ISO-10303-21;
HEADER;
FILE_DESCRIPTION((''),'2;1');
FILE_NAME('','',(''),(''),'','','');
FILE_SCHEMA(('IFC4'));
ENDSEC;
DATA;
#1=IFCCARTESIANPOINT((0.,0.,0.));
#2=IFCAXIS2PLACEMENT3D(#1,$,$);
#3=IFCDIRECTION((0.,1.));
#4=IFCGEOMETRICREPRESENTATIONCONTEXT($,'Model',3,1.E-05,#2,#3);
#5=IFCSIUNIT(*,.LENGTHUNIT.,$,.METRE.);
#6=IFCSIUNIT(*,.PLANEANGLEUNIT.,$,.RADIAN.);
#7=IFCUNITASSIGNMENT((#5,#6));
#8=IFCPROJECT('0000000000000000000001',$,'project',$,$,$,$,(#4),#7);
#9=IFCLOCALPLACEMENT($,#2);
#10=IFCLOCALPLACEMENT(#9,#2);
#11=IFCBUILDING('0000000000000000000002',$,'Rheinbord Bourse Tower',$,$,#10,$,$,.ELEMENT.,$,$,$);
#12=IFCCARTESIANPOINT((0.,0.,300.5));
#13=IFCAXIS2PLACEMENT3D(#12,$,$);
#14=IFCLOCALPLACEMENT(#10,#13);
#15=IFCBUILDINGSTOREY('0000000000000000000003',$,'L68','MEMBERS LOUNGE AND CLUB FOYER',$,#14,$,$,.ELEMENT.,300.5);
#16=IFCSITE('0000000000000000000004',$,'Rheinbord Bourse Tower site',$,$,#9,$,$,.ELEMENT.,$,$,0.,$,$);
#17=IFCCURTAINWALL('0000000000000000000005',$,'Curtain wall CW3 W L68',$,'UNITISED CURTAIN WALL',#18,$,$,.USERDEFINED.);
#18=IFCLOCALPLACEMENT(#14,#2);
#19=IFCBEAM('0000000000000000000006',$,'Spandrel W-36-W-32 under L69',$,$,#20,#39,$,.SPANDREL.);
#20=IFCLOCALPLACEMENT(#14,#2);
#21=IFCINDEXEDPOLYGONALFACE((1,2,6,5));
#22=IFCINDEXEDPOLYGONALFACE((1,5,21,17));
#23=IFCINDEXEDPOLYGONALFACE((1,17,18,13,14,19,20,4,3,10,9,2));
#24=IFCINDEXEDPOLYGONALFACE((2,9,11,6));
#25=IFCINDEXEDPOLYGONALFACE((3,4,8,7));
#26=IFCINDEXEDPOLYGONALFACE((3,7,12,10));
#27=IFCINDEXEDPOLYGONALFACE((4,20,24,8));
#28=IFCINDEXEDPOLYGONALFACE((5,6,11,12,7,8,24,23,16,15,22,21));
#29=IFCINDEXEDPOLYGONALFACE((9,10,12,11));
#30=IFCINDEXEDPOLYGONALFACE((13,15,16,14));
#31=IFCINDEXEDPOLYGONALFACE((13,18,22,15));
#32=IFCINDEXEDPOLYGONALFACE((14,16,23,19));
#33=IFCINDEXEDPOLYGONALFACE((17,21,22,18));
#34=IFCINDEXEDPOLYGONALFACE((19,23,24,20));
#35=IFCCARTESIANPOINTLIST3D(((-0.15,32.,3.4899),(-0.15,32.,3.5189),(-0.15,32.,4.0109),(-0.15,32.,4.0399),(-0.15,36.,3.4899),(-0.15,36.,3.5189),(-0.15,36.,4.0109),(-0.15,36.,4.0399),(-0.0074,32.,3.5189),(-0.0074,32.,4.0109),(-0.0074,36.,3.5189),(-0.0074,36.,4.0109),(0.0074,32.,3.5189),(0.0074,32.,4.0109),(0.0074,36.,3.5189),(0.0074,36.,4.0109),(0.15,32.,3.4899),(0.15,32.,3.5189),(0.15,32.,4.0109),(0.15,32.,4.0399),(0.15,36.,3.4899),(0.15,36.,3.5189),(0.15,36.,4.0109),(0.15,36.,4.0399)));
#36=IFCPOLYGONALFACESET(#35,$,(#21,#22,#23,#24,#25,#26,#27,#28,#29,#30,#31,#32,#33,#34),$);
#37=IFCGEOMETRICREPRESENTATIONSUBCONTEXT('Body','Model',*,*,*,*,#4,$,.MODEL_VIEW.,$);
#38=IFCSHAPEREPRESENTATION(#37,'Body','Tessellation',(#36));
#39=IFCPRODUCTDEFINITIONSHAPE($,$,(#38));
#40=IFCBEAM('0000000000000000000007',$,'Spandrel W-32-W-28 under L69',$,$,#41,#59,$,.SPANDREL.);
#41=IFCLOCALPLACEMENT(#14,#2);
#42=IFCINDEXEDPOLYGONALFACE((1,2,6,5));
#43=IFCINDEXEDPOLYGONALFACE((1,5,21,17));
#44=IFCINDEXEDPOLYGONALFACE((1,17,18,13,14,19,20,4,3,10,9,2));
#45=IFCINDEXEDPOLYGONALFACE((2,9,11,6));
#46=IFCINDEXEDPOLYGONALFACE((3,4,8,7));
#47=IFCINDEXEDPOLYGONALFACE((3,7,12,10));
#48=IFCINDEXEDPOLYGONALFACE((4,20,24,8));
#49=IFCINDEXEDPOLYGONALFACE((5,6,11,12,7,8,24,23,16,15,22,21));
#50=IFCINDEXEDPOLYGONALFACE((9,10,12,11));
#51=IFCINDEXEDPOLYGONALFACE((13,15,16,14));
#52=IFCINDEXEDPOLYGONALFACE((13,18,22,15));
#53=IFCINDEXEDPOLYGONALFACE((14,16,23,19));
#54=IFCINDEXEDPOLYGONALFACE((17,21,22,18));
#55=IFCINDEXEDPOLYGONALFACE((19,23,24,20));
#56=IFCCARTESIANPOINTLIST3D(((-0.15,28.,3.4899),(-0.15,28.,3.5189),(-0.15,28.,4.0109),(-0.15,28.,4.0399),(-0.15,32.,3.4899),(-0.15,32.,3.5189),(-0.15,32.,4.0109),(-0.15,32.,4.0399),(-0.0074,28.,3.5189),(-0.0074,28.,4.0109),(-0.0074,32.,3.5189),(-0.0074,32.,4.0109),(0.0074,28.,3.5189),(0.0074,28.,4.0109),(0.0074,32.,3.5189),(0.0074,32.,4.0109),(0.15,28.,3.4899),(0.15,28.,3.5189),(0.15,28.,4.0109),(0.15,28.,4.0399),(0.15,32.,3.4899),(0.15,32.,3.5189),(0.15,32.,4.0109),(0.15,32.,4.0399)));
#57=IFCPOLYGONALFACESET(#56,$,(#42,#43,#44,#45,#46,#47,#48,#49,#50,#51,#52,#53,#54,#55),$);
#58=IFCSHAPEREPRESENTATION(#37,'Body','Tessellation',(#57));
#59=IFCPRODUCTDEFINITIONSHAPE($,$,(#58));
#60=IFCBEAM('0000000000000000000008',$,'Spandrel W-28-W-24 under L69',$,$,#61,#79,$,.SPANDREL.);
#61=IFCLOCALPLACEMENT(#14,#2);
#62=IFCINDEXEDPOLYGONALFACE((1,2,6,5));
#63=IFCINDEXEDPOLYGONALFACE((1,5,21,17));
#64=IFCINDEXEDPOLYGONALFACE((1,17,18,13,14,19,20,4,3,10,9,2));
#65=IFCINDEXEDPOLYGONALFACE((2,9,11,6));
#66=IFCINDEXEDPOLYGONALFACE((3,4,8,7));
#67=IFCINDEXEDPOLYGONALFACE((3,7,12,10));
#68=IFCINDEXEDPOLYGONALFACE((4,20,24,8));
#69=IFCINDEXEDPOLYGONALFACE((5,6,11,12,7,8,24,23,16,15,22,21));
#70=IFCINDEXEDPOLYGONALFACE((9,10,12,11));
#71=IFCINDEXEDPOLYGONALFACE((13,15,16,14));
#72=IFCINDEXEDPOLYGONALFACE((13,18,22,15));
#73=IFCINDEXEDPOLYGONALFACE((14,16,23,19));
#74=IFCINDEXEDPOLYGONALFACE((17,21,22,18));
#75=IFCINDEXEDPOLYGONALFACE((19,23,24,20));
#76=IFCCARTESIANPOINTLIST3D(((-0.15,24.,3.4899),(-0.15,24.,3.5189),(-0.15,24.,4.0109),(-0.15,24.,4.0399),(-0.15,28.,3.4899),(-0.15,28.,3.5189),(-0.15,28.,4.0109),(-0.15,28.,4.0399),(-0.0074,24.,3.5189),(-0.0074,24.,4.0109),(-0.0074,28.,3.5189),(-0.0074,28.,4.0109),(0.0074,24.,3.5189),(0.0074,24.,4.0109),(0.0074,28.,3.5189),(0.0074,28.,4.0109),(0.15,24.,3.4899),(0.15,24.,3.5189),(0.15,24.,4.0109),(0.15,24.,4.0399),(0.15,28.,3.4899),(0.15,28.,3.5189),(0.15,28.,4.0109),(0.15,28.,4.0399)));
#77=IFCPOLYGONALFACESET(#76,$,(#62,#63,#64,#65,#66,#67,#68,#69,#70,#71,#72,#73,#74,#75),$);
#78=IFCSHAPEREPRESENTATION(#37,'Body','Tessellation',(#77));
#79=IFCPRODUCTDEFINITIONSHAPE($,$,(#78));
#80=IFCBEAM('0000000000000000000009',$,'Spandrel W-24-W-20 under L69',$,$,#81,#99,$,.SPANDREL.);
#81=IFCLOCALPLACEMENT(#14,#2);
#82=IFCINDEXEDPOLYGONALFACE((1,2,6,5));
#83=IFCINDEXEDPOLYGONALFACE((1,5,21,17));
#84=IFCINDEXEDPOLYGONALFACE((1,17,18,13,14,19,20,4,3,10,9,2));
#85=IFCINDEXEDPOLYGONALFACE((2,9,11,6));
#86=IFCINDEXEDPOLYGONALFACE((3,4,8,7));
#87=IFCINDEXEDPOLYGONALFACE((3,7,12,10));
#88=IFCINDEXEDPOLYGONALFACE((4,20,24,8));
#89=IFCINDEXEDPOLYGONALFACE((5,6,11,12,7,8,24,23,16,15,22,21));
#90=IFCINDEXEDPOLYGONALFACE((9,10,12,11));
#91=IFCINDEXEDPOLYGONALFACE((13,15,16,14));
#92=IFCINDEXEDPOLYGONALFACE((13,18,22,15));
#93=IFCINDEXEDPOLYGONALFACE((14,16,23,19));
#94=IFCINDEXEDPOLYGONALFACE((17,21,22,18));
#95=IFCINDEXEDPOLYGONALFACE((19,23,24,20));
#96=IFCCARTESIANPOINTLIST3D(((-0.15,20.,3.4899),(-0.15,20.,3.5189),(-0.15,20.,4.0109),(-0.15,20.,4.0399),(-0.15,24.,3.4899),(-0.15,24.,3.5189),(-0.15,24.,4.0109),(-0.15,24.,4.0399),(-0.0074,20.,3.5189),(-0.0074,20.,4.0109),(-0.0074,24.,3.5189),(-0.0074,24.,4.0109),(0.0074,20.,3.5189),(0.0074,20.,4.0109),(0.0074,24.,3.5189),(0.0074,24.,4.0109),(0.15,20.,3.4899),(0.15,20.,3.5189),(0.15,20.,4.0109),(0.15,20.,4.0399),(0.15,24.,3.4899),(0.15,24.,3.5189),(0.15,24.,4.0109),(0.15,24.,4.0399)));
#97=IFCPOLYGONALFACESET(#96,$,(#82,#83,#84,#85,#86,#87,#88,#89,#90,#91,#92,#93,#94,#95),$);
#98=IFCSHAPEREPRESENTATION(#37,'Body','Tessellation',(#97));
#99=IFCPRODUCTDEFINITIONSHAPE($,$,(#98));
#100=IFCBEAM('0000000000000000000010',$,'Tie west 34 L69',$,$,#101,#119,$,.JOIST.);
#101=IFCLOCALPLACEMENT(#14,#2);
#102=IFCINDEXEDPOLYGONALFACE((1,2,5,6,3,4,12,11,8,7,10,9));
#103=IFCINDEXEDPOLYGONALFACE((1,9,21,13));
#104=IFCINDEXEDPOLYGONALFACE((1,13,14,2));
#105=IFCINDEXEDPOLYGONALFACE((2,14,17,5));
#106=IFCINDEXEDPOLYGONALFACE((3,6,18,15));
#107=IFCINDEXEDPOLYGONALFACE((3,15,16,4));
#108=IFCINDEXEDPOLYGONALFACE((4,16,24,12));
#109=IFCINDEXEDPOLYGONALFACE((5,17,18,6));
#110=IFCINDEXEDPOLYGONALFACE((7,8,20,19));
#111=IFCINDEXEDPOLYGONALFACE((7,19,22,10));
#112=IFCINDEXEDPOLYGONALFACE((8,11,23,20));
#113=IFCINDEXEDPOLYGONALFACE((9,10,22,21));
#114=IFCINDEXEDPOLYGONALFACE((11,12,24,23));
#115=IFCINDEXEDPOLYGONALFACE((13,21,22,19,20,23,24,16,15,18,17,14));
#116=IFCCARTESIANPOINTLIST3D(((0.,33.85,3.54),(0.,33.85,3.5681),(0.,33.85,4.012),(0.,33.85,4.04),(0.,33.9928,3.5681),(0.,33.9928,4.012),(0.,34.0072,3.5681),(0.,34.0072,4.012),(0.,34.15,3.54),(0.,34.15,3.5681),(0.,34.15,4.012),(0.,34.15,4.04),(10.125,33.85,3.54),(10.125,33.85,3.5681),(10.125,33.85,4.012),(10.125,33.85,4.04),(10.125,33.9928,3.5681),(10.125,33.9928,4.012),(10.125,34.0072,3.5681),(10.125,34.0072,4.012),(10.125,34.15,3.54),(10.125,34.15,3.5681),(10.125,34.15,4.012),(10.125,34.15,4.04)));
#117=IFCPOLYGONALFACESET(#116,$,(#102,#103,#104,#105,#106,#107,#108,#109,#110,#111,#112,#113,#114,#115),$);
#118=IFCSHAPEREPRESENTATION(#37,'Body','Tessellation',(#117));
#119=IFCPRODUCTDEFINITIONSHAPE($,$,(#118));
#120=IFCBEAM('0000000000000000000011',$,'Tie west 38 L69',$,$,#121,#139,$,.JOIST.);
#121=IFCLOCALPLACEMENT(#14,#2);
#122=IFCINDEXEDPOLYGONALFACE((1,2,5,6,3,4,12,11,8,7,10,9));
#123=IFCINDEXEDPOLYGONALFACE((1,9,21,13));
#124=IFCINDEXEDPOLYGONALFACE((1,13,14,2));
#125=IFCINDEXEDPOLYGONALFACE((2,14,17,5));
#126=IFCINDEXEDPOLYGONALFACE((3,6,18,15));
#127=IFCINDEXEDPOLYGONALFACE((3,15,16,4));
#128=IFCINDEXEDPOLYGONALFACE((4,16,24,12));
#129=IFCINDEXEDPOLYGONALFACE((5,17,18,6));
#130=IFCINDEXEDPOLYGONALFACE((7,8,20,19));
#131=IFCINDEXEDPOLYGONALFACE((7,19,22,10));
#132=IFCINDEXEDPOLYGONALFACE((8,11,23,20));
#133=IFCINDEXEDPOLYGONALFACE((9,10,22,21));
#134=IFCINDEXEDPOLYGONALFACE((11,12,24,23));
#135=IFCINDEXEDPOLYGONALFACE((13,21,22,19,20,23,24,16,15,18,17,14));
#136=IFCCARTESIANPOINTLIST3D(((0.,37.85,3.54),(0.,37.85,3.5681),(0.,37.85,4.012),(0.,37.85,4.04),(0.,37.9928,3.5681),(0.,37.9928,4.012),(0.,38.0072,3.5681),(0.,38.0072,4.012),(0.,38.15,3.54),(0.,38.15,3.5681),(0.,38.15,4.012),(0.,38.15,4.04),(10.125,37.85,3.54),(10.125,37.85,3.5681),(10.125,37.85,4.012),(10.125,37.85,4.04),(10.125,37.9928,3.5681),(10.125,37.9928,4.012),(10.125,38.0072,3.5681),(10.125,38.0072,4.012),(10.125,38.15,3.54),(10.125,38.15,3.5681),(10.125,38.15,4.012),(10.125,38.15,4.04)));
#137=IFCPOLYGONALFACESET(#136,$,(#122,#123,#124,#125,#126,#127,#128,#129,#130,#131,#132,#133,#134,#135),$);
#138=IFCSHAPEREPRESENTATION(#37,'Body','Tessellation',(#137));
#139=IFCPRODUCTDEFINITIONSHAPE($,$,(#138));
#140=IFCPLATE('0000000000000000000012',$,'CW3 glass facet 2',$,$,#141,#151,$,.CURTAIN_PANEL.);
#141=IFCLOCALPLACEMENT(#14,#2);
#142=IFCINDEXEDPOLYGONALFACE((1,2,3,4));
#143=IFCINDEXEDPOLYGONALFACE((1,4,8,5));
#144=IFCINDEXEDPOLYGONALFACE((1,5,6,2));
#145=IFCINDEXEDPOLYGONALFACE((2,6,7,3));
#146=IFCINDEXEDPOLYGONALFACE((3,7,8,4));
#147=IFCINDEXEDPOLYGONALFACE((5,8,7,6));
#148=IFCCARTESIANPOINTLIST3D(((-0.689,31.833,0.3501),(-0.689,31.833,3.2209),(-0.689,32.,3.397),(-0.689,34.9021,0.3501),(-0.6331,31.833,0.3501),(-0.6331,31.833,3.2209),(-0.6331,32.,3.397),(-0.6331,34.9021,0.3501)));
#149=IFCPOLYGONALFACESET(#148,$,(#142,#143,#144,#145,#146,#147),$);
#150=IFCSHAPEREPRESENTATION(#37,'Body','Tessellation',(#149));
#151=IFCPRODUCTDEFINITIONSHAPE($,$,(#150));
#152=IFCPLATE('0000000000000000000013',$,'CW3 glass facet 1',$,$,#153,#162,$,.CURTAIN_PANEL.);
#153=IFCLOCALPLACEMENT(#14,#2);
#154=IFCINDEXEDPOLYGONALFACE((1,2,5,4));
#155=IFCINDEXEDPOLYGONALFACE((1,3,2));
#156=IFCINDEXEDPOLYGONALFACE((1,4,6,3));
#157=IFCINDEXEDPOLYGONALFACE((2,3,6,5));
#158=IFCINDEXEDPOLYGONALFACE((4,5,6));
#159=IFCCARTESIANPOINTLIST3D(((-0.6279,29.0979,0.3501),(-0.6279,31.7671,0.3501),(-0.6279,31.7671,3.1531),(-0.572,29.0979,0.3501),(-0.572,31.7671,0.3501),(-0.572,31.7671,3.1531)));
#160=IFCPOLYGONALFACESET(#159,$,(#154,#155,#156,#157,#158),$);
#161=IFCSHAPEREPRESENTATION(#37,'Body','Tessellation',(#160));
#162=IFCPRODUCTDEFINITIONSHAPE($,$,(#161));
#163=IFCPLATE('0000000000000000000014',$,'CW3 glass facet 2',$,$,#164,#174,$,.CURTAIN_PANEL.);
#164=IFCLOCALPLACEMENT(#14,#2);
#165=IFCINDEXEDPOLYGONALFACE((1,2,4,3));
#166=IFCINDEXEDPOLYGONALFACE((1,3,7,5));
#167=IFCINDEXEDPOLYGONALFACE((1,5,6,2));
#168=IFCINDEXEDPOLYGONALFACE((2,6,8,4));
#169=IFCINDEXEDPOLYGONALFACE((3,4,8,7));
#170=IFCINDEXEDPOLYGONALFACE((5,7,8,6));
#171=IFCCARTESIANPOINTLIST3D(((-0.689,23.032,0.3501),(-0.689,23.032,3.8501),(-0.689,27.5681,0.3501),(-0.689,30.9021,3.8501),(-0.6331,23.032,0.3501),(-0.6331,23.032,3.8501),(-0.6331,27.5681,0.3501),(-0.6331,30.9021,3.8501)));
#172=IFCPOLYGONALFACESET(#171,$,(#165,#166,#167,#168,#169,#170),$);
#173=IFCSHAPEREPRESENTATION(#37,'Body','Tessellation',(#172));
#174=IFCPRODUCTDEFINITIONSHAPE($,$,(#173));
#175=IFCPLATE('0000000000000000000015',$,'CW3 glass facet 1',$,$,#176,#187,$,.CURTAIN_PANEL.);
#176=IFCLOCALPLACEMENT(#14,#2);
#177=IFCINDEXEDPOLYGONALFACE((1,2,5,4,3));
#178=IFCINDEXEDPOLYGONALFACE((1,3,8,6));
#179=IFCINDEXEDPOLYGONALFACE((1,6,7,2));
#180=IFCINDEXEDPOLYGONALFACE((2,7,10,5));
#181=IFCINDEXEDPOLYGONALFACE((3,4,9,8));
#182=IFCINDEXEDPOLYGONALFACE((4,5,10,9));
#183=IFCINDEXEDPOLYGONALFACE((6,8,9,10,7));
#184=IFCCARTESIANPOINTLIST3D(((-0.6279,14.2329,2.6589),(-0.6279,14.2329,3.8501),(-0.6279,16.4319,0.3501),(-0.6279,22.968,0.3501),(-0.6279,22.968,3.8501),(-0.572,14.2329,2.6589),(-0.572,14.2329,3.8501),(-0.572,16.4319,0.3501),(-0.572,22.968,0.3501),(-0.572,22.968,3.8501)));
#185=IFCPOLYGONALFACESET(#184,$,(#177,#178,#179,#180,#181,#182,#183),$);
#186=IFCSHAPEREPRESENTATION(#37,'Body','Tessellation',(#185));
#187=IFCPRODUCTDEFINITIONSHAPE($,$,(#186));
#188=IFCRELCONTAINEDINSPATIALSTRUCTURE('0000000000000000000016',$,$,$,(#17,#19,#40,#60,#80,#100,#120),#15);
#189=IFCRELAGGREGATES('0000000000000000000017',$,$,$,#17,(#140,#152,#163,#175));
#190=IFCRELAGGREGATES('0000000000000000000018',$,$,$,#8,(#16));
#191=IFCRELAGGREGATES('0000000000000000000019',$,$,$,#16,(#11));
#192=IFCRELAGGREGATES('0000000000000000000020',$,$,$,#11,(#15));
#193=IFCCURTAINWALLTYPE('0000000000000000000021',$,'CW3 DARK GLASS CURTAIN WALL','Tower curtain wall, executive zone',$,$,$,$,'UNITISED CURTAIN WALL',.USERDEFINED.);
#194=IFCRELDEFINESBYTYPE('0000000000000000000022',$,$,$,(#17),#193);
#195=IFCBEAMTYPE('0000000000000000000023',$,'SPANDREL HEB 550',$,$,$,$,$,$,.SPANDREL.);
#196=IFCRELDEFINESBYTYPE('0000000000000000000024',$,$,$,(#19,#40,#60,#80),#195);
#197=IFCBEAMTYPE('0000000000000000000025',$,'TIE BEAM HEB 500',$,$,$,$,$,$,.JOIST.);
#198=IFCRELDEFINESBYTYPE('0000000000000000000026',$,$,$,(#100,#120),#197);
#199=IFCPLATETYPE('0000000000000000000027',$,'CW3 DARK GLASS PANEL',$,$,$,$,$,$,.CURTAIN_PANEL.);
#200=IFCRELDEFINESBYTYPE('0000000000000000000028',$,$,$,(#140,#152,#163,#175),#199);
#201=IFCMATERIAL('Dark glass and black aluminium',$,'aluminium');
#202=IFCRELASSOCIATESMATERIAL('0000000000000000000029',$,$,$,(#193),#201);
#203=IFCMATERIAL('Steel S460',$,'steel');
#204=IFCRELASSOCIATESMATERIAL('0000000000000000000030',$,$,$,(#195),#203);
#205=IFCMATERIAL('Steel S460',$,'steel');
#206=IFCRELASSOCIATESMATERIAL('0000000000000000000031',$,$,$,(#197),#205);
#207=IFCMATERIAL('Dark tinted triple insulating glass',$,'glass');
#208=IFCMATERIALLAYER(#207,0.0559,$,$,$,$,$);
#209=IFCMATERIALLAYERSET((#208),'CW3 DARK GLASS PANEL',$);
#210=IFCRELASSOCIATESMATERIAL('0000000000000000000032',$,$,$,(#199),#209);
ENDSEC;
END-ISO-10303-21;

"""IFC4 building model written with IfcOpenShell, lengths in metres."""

from ifc_helpers import new_model, si_unit, direction, frame, origin, origin_2d, place, context, subcontext, project, spatial, polyline, i_section, outline, extrude, material, layer, layer_set, material_profile, profile_set, type_object, element, aggregate, save


model = new_model("IFC4")

# Units and contexts
model_context = context("Model", 3, precision=1e-05, world=origin(), true_north=direction((0.0, 1.0)))
body_context = subcontext(model_context, "Body", "Model", "MODEL_VIEW")
ifc_project = project(units=[si_unit("LENGTHUNIT", "METRE"), si_unit("PLANEANGLEUNIT", "RADIAN")], contexts=[model_context])

# Site, building, storey
site_placement = place(None, origin())
site = spatial("IfcSite", under=ifc_project, at=site_placement, Name="Rheinbord Bourse Tower site", CompositionType="ELEMENT", RefElevation=0.0)
building_placement = place(site_placement, origin())
building = spatial("IfcBuilding", under=site, at=building_placement, Name="Rheinbord Bourse Tower", CompositionType="ELEMENT")
storey_placement = place(building_placement, frame((0.0, 0.0, 300.5)))
storey = spatial("IfcBuildingStorey", under=building, at=storey_placement, Name="L68", Description="MEMBERS LOUNGE AND CLUB FOYER", CompositionType="ELEMENT", Elevation=300.5)

# Curtain wall
ifc_material_1 = material(Name="Dark glass and black aluminium", Category="aluminium")
curtain_wall_type = type_object("IfcCurtainWallType", Name="CW3 DARK GLASS CURTAIN WALL", Description="Tower curtain wall, executive zone", ElementType="UNITISED CURTAIN WALL", PredefinedType="USERDEFINED", material=ifc_material_1)
curtain_wall_placement = place(storey_placement, origin())
curtain_wall = element("IfcCurtainWall", 1, at=curtain_wall_placement, inside=storey, type_object=curtain_wall_type, Name="Curtain wall CW3 W L68", ObjectType="UNITISED CURTAIN WALL", PredefinedType="USERDEFINED")

# Beams
ifc_material_2 = material(Name="Steel S460", Category="steel")
ifc_material_profile_1 = material_profile(ifc_material_2, i_section(OverallWidth=0.3, OverallDepth=0.55, WebThickness=0.0149, FlangeThickness=0.0291, at=origin_2d()), Name="HEB 550")
ifc_profile_set_1 = profile_set([ifc_material_profile_1], Name="Steel S460")
beam_type_1 = type_object("IfcBeamType", Name="SPANDREL HEB 550", PredefinedType="SPANDREL", material=ifc_profile_set_1)
for number, where, z_axis, x_axis, name in (
    (2, (0.0, 36.0, 3.7649), (0.0, -1.0, 0.0), (1.0, 0.0, 0.0), "Spandrel W-36-W-32 under L69"),
    (3, (0.0, 32.0, 3.7649), (0.0, -1.0, 0.0), (1.0, 0.0, 0.0), "Spandrel W-32-W-28 under L69"),
    (4, (0.0, 28.0, 3.7649), (0.0, -1.0, 0.0), (1.0, 0.0, 0.0), "Spandrel W-28-W-24 under L69"),
    (5, (0.0, 24.0, 3.7649), (0.0, -1.0, 0.0), (1.0, 0.0, 0.0), "Spandrel W-24-W-20 under L69"),
):
    element("IfcBeam", number, at=place(storey_placement, frame(where, z_axis=z_axis, x_axis=x_axis)), inside=storey, type_object=beam_type_1, Name=name, PredefinedType="SPANDREL", context=body_context, shape_type="SweptSolid", body=[
        extrude(i_section(OverallWidth=0.3, OverallDepth=0.55, WebThickness=0.0149, FlangeThickness=0.0291, at=origin_2d()), origin(), (0.0, 0.0, 1.0), 4.0),
    ])
ifc_material_3 = material(Name="Steel S460", Category="steel")
ifc_material_profile_2 = material_profile(ifc_material_3, i_section(OverallWidth=0.3, OverallDepth=0.5, WebThickness=0.0144, FlangeThickness=0.0281, at=origin_2d()), Name="HEB 500")
ifc_profile_set_2 = profile_set([ifc_material_profile_2], Name="Steel S460")
beam_type_2 = type_object("IfcBeamType", Name="TIE BEAM HEB 500", PredefinedType="JOIST", material=ifc_profile_set_2)
for number, where, z_axis, x_axis, name in (
    (6, (0.0, 34.0, 3.79), (1.0, 0.0, 0.0), (0.0, 1.0, 0.0), "Tie west 34 L69"),
    (7, (0.0, 38.0, 3.79), (1.0, 0.0, 0.0), (0.0, 1.0, 0.0), "Tie west 38 L69"),
):
    element("IfcBeam", number, at=place(storey_placement, frame(where, z_axis=z_axis, x_axis=x_axis)), inside=storey, type_object=beam_type_2, Name=name, PredefinedType="JOIST", context=body_context, shape_type="SweptSolid", body=[
        extrude(i_section(OverallWidth=0.3, OverallDepth=0.5, WebThickness=0.0144, FlangeThickness=0.0281, at=origin_2d()), origin(), (0.0, 0.0, 1.0), 10.125),
    ])

# Plates
ifc_material_4 = material(Name="Dark tinted triple insulating glass", Category="glass")
ifc_layer_1 = layer(ifc_material_4, 0.0559)
ifc_layer_set_1 = layer_set([ifc_layer_1], Name="CW3 DARK GLASS PANEL")
plate_type = type_object("IfcPlateType", Name="CW3 DARK GLASS PANEL", PredefinedType="CURTAIN_PANEL", material=ifc_layer_set_1)
plate_1_placement = place(storey_placement, frame((-0.689, 31.833, 0.3501), z_axis=(1.0, 0.0, 0.0), x_axis=(0.0, 1.0, 0.0)))
plate_1 = element("IfcPlate", 8, at=plate_1_placement, type_object=plate_type, Name="CW3 glass facet 2", PredefinedType="CURTAIN_PANEL", context=body_context, shape_type="SweptSolid", body=[
    extrude(outline(polyline([(0.0, 0.0), (3.0691, 0.0), (0.167, 3.0469), (0.0, 2.8708), (0.0, 0.0)])), origin(), (0.0, 0.0, 1.0), 0.0559),
])
plate_2_placement = place(storey_placement, frame((-0.6279, 31.7671, 0.3501), z_axis=(1.0, 0.0, 0.0), x_axis=(0.0, 0.0, 1.0)))
plate_2 = element("IfcPlate", 9, at=plate_2_placement, type_object=plate_type, Name="CW3 glass facet 1", PredefinedType="CURTAIN_PANEL", context=body_context, shape_type="SweptSolid", body=[
    extrude(outline(polyline([(0.0, 0.0), (2.803, 0.0), (0.0, 2.6692), (0.0, 0.0)])), origin(), (0.0, 0.0, 1.0), 0.0559),
])
plate_3_placement = place(storey_placement, frame((-0.689, 23.032, 3.8501), z_axis=(1.0, 0.0, 0.0), x_axis=(0.0, 0.0, -1.0)))
plate_3 = element("IfcPlate", 10, at=plate_3_placement, type_object=plate_type, Name="CW3 glass facet 2", PredefinedType="CURTAIN_PANEL", context=body_context, shape_type="SweptSolid", body=[
    extrude(outline(polyline([(0.0, 0.0), (3.5, 0.0), (3.5, 4.5361), (0.0, 7.8701), (0.0, 0.0)])), origin(), (0.0, 0.0, 1.0), 0.0559),
])
plate_4_placement = place(storey_placement, frame((-0.6279, 22.968, 0.3501), z_axis=(1.0, 0.0, 0.0), x_axis=(0.0, 0.0, 1.0)))
plate_4 = element("IfcPlate", 11, at=plate_4_placement, type_object=plate_type, Name="CW3 glass facet 1", PredefinedType="CURTAIN_PANEL", context=body_context, shape_type="SweptSolid", body=[
    extrude(outline(polyline([(0.0, 0.0), (3.5, 0.0), (3.5, 8.7351), (2.3088, 8.7351), (0.0, 6.5361), (0.0, 0.0)])), origin(), (0.0, 0.0, 1.0), 0.0559),
])
aggregate(curtain_wall, [plate_1, plate_2, plate_3, plate_4])

save(model, "model.ifc")
